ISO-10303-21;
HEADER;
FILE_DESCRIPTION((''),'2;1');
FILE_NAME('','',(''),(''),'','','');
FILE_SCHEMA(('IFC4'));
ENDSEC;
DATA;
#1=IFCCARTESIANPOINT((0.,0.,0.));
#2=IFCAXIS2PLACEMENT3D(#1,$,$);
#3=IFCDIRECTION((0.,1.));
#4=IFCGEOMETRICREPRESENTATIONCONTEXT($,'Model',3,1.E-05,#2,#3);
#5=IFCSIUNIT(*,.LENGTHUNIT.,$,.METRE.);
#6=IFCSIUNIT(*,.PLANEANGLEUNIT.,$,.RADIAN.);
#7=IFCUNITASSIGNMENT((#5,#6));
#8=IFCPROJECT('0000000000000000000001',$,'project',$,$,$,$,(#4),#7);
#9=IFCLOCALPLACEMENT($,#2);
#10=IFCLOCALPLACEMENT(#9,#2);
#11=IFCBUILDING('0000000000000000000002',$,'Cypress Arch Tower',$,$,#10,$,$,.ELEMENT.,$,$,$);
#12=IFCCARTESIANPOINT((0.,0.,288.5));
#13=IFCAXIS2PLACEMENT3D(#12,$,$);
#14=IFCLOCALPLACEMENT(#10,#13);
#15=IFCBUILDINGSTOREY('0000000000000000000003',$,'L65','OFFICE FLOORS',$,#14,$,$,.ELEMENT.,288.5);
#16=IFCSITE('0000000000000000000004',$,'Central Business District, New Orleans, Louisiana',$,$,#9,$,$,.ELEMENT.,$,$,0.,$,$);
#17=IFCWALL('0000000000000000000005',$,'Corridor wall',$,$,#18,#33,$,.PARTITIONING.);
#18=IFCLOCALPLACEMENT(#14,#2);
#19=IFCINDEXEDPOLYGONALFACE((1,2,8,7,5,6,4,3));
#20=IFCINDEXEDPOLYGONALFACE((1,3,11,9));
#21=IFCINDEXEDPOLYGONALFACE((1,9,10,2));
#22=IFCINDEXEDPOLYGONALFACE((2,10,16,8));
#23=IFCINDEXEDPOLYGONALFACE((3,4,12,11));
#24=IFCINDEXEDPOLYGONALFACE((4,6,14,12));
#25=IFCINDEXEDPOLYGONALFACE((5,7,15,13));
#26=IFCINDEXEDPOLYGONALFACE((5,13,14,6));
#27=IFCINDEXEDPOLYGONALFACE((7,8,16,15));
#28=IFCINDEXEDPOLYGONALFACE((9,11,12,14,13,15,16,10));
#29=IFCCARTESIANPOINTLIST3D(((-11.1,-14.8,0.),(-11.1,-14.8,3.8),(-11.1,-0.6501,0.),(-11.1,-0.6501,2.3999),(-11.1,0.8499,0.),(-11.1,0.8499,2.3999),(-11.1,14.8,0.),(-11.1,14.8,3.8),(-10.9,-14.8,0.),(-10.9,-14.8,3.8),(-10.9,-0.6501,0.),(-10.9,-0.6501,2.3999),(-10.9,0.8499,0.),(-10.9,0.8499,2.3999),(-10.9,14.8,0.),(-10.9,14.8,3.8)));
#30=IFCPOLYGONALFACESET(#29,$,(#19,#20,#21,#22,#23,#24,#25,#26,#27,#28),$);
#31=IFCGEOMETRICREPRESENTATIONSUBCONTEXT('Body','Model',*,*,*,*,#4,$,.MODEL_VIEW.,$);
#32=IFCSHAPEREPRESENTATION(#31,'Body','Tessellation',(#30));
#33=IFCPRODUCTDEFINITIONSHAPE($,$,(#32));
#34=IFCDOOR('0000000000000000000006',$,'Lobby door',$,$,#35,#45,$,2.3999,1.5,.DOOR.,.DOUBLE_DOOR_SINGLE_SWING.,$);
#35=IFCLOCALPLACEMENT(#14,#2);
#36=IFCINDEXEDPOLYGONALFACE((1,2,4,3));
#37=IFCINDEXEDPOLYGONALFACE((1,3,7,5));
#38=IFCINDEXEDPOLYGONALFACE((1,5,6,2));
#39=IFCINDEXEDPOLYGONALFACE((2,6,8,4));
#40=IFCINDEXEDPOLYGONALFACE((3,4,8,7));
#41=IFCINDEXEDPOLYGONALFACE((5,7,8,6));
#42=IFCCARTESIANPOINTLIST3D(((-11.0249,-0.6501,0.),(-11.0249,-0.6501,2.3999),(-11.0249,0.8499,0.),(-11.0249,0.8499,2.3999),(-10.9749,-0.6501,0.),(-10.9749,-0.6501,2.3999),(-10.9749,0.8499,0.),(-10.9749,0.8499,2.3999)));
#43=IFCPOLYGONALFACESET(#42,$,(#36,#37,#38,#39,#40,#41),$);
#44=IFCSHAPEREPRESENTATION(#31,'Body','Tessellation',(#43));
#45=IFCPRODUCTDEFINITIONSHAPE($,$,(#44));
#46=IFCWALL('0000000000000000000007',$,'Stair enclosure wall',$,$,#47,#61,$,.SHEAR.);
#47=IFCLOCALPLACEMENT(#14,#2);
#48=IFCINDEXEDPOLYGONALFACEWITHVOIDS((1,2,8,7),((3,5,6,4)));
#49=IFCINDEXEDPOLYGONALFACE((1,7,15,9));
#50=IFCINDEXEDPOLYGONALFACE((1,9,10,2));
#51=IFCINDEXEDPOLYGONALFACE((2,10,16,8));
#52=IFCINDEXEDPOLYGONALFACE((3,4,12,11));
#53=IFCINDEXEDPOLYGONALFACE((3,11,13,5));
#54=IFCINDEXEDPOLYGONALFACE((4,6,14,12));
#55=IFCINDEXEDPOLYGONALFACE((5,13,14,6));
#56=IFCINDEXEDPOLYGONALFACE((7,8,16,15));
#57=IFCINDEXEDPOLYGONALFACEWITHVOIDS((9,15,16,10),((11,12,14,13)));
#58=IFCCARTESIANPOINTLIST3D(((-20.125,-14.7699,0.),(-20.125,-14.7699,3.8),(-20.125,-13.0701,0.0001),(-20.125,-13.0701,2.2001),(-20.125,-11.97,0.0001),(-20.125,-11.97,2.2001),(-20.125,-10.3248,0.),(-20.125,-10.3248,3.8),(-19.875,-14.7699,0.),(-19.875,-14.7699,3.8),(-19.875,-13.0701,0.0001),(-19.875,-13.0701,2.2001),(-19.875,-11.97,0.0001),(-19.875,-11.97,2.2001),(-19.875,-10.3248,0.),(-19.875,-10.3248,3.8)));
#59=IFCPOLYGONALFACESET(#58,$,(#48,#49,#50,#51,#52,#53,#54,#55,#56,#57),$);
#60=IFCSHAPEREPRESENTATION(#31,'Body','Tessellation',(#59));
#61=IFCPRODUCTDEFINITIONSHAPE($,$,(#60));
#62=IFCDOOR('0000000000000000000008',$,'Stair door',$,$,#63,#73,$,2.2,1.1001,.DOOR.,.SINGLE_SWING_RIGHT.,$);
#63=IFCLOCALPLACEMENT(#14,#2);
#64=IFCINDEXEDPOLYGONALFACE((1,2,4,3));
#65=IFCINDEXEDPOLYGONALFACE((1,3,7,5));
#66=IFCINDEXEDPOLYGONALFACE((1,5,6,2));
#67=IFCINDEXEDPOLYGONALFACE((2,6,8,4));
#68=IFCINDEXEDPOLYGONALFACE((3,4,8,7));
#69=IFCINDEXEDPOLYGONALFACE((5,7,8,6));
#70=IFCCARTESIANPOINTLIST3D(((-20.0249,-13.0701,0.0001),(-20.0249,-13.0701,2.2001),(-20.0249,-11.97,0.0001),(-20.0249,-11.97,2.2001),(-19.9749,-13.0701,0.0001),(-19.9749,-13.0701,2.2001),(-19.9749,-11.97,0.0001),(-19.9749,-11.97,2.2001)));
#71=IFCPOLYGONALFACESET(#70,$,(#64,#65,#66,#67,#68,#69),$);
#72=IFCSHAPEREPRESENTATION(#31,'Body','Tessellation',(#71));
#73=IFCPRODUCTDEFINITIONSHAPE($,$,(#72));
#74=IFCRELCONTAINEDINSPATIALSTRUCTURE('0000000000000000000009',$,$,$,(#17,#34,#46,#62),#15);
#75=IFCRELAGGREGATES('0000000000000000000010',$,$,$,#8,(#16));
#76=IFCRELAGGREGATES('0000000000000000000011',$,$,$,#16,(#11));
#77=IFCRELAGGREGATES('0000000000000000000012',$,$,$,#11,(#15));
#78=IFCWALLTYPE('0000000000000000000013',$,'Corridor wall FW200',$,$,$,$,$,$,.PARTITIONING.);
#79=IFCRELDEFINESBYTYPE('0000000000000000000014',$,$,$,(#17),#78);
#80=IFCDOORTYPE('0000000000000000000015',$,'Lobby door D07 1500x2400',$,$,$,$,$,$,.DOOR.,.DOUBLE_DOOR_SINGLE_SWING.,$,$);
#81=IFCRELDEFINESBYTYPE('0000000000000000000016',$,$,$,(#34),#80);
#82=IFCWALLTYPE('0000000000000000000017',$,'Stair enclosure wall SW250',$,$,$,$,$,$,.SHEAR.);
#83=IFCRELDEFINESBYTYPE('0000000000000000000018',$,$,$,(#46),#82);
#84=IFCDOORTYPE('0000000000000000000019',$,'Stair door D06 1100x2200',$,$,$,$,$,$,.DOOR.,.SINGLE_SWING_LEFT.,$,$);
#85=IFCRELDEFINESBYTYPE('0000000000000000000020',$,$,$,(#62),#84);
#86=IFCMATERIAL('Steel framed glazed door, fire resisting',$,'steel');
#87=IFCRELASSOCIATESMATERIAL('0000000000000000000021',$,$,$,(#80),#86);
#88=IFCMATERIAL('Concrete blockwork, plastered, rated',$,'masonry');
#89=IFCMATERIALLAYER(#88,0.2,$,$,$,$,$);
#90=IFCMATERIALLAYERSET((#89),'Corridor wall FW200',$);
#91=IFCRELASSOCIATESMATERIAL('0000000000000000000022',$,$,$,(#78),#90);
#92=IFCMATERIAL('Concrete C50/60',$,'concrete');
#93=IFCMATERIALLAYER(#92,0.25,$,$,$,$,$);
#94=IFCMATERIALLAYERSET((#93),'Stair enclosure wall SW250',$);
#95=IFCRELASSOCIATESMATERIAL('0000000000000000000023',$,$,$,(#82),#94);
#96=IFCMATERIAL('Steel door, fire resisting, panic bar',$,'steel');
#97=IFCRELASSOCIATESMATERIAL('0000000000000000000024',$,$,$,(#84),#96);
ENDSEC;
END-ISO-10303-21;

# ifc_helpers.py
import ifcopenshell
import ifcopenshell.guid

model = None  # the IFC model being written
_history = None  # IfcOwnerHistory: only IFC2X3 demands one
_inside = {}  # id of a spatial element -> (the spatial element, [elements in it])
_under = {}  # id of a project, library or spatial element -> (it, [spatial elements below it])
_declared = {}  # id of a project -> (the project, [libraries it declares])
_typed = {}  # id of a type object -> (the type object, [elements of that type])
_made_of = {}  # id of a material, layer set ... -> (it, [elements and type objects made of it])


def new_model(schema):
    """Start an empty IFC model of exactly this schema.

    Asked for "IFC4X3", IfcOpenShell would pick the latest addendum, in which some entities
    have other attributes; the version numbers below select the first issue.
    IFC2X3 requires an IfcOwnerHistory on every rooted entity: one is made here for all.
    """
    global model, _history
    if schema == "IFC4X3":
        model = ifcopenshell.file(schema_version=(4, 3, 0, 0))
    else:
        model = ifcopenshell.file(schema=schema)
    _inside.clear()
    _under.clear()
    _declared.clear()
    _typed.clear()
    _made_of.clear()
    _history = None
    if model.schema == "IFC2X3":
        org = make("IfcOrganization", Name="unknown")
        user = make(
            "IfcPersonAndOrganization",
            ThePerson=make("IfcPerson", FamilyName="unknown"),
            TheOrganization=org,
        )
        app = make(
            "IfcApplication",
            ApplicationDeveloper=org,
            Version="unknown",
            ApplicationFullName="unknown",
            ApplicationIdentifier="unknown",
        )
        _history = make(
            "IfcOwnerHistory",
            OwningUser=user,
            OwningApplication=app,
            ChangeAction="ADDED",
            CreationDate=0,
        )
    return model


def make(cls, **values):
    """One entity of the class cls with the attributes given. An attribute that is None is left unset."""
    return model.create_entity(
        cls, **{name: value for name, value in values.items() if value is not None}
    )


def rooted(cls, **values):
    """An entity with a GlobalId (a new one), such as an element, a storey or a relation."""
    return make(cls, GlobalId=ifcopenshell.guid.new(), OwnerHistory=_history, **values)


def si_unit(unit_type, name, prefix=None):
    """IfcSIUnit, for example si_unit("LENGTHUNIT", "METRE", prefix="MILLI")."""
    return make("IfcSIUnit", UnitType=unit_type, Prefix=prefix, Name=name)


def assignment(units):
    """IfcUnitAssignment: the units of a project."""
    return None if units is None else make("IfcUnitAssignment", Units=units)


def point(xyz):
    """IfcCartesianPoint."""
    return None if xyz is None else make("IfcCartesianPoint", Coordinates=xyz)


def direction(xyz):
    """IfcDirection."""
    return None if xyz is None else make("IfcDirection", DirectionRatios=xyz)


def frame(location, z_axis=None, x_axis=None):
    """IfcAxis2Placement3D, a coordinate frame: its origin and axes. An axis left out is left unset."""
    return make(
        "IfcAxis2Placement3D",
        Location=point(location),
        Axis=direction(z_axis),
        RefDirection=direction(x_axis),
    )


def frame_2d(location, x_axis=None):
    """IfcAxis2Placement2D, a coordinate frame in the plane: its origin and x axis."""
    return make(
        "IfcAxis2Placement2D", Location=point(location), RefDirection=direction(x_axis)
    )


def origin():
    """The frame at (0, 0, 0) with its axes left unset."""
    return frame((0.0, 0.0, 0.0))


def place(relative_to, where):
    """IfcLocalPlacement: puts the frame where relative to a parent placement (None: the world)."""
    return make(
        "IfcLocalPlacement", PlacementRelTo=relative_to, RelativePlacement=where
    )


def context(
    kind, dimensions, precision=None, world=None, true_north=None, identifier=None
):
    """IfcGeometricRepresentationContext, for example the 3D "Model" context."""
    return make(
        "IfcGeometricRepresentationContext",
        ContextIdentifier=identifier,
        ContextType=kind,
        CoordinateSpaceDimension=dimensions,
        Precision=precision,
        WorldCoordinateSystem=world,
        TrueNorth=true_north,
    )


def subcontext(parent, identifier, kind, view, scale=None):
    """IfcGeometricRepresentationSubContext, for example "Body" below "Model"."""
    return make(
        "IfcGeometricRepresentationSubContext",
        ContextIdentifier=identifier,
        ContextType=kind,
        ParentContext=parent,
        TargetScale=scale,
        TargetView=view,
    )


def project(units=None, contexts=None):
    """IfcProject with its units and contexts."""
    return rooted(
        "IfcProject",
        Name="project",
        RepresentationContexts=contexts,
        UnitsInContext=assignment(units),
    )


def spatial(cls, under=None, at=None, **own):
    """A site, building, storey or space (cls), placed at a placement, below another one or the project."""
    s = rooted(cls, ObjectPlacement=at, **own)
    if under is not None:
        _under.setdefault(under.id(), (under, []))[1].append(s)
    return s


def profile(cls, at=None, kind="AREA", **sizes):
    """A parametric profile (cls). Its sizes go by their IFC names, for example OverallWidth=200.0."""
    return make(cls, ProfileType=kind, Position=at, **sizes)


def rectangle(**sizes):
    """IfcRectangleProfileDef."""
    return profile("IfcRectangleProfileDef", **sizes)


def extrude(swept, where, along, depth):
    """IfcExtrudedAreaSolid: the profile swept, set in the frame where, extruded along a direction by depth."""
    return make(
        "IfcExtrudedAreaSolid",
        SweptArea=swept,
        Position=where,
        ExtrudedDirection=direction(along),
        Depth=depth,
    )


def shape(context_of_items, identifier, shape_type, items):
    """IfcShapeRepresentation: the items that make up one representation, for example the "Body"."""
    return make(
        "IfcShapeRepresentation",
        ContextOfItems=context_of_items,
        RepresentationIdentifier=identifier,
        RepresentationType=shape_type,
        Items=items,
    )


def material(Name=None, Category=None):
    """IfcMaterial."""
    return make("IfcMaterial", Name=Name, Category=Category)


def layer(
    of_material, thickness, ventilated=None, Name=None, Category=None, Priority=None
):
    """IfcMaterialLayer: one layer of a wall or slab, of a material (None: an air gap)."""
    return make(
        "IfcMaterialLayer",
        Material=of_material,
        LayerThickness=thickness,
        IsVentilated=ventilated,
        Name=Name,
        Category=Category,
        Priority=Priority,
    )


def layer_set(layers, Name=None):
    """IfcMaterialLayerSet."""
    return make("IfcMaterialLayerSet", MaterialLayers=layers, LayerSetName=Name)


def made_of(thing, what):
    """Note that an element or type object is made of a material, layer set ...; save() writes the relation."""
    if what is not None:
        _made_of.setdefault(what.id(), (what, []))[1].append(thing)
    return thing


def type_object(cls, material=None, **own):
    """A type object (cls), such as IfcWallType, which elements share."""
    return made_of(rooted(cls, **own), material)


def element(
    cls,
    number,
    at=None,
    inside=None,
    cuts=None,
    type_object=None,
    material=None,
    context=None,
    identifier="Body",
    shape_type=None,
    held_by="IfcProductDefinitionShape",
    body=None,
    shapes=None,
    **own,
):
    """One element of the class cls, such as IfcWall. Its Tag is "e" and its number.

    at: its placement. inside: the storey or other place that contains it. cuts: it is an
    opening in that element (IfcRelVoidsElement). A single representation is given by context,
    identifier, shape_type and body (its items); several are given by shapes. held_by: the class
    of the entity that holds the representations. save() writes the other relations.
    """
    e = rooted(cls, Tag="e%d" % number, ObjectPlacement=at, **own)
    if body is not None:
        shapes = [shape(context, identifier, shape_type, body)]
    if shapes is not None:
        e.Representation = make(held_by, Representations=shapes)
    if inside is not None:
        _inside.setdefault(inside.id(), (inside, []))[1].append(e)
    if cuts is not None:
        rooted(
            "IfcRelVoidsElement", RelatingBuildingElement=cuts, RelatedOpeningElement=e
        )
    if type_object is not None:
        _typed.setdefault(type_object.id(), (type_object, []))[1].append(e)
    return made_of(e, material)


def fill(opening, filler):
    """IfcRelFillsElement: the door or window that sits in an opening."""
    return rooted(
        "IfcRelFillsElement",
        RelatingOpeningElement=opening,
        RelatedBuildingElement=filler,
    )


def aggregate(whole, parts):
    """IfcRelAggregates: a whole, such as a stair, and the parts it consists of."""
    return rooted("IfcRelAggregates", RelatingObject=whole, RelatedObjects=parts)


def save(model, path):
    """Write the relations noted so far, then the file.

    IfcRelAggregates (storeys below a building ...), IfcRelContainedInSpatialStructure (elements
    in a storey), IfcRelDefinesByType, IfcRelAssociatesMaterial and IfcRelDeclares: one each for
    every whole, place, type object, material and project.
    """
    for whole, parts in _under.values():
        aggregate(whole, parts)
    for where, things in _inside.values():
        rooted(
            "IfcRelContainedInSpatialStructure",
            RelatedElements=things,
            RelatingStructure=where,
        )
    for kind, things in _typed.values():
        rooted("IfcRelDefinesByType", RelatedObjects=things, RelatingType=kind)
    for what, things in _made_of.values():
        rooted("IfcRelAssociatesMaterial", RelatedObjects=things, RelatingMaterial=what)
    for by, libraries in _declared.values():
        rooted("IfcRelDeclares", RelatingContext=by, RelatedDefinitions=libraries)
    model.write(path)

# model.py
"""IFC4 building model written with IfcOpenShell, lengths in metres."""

from ifc_helpers import new_model, si_unit, direction, frame, frame_2d, origin, place, context, subcontext, project, spatial, rectangle, extrude, material, layer, layer_set, type_object, element, fill, save


model = new_model("IFC4")

# Units and contexts
model_context = context("Model", 3, precision=1e-05, world=origin(), true_north=direction((0.0, 1.0)))
body_context = subcontext(model_context, "Body", "Model", "MODEL_VIEW")
ifc_project = project(units=[si_unit("LENGTHUNIT", "METRE"), si_unit("PLANEANGLEUNIT", "RADIAN")], contexts=[model_context])

# Site, building, storey
site_placement = place(None, origin())
site = spatial("IfcSite", under=ifc_project, at=site_placement, Name="Central Business District, New Orleans, Louisiana", CompositionType="ELEMENT", RefElevation=0.0)
building_placement = place(site_placement, origin())
building = spatial("IfcBuilding", under=site, at=building_placement, Name="Cypress Arch Tower", CompositionType="ELEMENT")
storey_placement = place(building_placement, frame((0.0, 0.0, 288.5)))
storey = spatial("IfcBuildingStorey", under=building, at=storey_placement, Name="L65", Description="OFFICE FLOORS", CompositionType="ELEMENT", Elevation=288.5)

# Shared definitions
ifc_material_1 = material(Name="Steel framed glazed door, fire resisting", Category="steel")
door_type_1 = type_object("IfcDoorType", Name="Lobby door D07 1500x2400", OperationType="DOUBLE_DOOR_SINGLE_SWING", PredefinedType="DOOR", material=ifc_material_1)

# Shared definitions
ifc_material_2 = material(Name="Concrete blockwork, plastered, rated", Category="masonry")
ifc_layer_1 = layer(ifc_material_2, 0.2)
ifc_layer_set_1 = layer_set([ifc_layer_1], Name="Corridor wall FW200")
wall_type_1 = type_object("IfcWallType", Name="Corridor wall FW200", PredefinedType="PARTITIONING", material=ifc_layer_set_1)

# Walls, openings, doors
wall_1_placement = place(storey_placement, frame((-11.0, -14.8, 0.0), z_axis=(0.0, 0.0, 1.0), x_axis=(0.0, 1.0, 0.0)))
wall_1 = element("IfcWall", 1, at=wall_1_placement, inside=storey, type_object=wall_type_1, Name="Corridor wall", PredefinedType="PARTITIONING", context=body_context, shape_type="SweptSolid", body=[
    extrude(rectangle(XDim=29.6001, YDim=0.2, at=frame_2d((14.8, 0.0))), origin(), (0.0, 0.0, 1.0), 3.8),
])
opening_1_placement = place(wall_1_placement, frame((14.1499, 0.0, 0.0)))
opening_1 = element("IfcOpeningElement", 2, at=opening_1_placement, cuts=wall_1, PredefinedType="OPENING", context=body_context, shape_type="SweptSolid", body=[
    extrude(rectangle(XDim=1.5, YDim=2.3999, at=frame_2d((0.75, 1.2))), frame((0.0, 0.1099, 0.0), z_axis=(0.0, -1.0, 0.0), x_axis=(1.0, 0.0, 0.0)), (0.0, 0.0, 1.0), 0.22),
])
door_1_placement = place(opening_1_placement, origin())
door_1 = element("IfcDoor", 3, at=door_1_placement, inside=storey, type_object=door_type_1, Name="Lobby door", OperationType="DOUBLE_DOOR_SINGLE_SWING", OverallHeight=2.3999, OverallWidth=1.5, PredefinedType="DOOR", context=body_context, shape_type="SweptSolid", body=[
    extrude(rectangle(XDim=1.5, YDim=2.3999, at=frame_2d((0.75, 1.2))), frame((0.0, 0.0249, 0.0), z_axis=(0.0, -1.0, 0.0), x_axis=(1.0, 0.0, 0.0)), (0.0, 0.0, 1.0), 0.05),
])
fill(opening_1, door_1)
ifc_material_3 = material(Name="Concrete C50/60", Category="concrete")
ifc_layer_2 = layer(ifc_material_3, 0.25)
ifc_layer_set_2 = layer_set([ifc_layer_2], Name="Stair enclosure wall SW250")
wall_type_2 = type_object("IfcWallType", Name="Stair enclosure wall SW250", PredefinedType="SHEAR", material=ifc_layer_set_2)
wall_2_placement = place(storey_placement, frame((-20.0, -14.77, 0.0), z_axis=(0.0, 0.0, 1.0), x_axis=(0.0, 1.0, 0.0)))
wall_2 = element("IfcWall", 4, at=wall_2_placement, inside=storey, type_object=wall_type_2, Name="Stair enclosure wall", PredefinedType="SHEAR", context=body_context, shape_type="SweptSolid", body=[
    extrude(rectangle(XDim=4.4451, YDim=0.25, at=frame_2d((2.2227, 0.0))), origin(), (0.0, 0.0, 1.0), 3.8),
])
opening_2_placement = place(wall_2_placement, frame((1.7, 0.0, 0.0)))
opening_2 = element("IfcOpeningElement", 5, at=opening_2_placement, cuts=wall_2, PredefinedType="OPENING", context=body_context, shape_type="SweptSolid", body=[
    extrude(rectangle(XDim=1.1001, YDim=2.2, at=frame_2d((0.55, 1.1001))), frame((0.0, 0.135, 0.0), z_axis=(0.0, -1.0, 0.0), x_axis=(1.0, 0.0, 0.0)), (0.0, 0.0, 1.0), 0.27),
])
ifc_material_4 = material(Name="Steel door, fire resisting, panic bar", Category="steel")
door_type_2 = type_object("IfcDoorType", Name="Stair door D06 1100x2200", OperationType="SINGLE_SWING_LEFT", PredefinedType="DOOR", material=ifc_material_4)
door_2_placement = place(opening_2_placement, origin())
door_2 = element("IfcDoor", 6, at=door_2_placement, inside=storey, type_object=door_type_2, Name="Stair door", OperationType="SINGLE_SWING_RIGHT", OverallHeight=2.2, OverallWidth=1.1001, PredefinedType="DOOR", context=body_context, shape_type="SweptSolid", body=[
    extrude(rectangle(XDim=1.1001, YDim=2.2, at=frame_2d((0.55, 1.1001))), frame((0.0, 0.0249, 0.0), z_axis=(0.0, -1.0, 0.0), x_axis=(1.0, 0.0, 0.0)), (0.0, 0.0, 1.0), 0.05),
])
fill(opening_2, door_2)

save(model, "model.ifc")
